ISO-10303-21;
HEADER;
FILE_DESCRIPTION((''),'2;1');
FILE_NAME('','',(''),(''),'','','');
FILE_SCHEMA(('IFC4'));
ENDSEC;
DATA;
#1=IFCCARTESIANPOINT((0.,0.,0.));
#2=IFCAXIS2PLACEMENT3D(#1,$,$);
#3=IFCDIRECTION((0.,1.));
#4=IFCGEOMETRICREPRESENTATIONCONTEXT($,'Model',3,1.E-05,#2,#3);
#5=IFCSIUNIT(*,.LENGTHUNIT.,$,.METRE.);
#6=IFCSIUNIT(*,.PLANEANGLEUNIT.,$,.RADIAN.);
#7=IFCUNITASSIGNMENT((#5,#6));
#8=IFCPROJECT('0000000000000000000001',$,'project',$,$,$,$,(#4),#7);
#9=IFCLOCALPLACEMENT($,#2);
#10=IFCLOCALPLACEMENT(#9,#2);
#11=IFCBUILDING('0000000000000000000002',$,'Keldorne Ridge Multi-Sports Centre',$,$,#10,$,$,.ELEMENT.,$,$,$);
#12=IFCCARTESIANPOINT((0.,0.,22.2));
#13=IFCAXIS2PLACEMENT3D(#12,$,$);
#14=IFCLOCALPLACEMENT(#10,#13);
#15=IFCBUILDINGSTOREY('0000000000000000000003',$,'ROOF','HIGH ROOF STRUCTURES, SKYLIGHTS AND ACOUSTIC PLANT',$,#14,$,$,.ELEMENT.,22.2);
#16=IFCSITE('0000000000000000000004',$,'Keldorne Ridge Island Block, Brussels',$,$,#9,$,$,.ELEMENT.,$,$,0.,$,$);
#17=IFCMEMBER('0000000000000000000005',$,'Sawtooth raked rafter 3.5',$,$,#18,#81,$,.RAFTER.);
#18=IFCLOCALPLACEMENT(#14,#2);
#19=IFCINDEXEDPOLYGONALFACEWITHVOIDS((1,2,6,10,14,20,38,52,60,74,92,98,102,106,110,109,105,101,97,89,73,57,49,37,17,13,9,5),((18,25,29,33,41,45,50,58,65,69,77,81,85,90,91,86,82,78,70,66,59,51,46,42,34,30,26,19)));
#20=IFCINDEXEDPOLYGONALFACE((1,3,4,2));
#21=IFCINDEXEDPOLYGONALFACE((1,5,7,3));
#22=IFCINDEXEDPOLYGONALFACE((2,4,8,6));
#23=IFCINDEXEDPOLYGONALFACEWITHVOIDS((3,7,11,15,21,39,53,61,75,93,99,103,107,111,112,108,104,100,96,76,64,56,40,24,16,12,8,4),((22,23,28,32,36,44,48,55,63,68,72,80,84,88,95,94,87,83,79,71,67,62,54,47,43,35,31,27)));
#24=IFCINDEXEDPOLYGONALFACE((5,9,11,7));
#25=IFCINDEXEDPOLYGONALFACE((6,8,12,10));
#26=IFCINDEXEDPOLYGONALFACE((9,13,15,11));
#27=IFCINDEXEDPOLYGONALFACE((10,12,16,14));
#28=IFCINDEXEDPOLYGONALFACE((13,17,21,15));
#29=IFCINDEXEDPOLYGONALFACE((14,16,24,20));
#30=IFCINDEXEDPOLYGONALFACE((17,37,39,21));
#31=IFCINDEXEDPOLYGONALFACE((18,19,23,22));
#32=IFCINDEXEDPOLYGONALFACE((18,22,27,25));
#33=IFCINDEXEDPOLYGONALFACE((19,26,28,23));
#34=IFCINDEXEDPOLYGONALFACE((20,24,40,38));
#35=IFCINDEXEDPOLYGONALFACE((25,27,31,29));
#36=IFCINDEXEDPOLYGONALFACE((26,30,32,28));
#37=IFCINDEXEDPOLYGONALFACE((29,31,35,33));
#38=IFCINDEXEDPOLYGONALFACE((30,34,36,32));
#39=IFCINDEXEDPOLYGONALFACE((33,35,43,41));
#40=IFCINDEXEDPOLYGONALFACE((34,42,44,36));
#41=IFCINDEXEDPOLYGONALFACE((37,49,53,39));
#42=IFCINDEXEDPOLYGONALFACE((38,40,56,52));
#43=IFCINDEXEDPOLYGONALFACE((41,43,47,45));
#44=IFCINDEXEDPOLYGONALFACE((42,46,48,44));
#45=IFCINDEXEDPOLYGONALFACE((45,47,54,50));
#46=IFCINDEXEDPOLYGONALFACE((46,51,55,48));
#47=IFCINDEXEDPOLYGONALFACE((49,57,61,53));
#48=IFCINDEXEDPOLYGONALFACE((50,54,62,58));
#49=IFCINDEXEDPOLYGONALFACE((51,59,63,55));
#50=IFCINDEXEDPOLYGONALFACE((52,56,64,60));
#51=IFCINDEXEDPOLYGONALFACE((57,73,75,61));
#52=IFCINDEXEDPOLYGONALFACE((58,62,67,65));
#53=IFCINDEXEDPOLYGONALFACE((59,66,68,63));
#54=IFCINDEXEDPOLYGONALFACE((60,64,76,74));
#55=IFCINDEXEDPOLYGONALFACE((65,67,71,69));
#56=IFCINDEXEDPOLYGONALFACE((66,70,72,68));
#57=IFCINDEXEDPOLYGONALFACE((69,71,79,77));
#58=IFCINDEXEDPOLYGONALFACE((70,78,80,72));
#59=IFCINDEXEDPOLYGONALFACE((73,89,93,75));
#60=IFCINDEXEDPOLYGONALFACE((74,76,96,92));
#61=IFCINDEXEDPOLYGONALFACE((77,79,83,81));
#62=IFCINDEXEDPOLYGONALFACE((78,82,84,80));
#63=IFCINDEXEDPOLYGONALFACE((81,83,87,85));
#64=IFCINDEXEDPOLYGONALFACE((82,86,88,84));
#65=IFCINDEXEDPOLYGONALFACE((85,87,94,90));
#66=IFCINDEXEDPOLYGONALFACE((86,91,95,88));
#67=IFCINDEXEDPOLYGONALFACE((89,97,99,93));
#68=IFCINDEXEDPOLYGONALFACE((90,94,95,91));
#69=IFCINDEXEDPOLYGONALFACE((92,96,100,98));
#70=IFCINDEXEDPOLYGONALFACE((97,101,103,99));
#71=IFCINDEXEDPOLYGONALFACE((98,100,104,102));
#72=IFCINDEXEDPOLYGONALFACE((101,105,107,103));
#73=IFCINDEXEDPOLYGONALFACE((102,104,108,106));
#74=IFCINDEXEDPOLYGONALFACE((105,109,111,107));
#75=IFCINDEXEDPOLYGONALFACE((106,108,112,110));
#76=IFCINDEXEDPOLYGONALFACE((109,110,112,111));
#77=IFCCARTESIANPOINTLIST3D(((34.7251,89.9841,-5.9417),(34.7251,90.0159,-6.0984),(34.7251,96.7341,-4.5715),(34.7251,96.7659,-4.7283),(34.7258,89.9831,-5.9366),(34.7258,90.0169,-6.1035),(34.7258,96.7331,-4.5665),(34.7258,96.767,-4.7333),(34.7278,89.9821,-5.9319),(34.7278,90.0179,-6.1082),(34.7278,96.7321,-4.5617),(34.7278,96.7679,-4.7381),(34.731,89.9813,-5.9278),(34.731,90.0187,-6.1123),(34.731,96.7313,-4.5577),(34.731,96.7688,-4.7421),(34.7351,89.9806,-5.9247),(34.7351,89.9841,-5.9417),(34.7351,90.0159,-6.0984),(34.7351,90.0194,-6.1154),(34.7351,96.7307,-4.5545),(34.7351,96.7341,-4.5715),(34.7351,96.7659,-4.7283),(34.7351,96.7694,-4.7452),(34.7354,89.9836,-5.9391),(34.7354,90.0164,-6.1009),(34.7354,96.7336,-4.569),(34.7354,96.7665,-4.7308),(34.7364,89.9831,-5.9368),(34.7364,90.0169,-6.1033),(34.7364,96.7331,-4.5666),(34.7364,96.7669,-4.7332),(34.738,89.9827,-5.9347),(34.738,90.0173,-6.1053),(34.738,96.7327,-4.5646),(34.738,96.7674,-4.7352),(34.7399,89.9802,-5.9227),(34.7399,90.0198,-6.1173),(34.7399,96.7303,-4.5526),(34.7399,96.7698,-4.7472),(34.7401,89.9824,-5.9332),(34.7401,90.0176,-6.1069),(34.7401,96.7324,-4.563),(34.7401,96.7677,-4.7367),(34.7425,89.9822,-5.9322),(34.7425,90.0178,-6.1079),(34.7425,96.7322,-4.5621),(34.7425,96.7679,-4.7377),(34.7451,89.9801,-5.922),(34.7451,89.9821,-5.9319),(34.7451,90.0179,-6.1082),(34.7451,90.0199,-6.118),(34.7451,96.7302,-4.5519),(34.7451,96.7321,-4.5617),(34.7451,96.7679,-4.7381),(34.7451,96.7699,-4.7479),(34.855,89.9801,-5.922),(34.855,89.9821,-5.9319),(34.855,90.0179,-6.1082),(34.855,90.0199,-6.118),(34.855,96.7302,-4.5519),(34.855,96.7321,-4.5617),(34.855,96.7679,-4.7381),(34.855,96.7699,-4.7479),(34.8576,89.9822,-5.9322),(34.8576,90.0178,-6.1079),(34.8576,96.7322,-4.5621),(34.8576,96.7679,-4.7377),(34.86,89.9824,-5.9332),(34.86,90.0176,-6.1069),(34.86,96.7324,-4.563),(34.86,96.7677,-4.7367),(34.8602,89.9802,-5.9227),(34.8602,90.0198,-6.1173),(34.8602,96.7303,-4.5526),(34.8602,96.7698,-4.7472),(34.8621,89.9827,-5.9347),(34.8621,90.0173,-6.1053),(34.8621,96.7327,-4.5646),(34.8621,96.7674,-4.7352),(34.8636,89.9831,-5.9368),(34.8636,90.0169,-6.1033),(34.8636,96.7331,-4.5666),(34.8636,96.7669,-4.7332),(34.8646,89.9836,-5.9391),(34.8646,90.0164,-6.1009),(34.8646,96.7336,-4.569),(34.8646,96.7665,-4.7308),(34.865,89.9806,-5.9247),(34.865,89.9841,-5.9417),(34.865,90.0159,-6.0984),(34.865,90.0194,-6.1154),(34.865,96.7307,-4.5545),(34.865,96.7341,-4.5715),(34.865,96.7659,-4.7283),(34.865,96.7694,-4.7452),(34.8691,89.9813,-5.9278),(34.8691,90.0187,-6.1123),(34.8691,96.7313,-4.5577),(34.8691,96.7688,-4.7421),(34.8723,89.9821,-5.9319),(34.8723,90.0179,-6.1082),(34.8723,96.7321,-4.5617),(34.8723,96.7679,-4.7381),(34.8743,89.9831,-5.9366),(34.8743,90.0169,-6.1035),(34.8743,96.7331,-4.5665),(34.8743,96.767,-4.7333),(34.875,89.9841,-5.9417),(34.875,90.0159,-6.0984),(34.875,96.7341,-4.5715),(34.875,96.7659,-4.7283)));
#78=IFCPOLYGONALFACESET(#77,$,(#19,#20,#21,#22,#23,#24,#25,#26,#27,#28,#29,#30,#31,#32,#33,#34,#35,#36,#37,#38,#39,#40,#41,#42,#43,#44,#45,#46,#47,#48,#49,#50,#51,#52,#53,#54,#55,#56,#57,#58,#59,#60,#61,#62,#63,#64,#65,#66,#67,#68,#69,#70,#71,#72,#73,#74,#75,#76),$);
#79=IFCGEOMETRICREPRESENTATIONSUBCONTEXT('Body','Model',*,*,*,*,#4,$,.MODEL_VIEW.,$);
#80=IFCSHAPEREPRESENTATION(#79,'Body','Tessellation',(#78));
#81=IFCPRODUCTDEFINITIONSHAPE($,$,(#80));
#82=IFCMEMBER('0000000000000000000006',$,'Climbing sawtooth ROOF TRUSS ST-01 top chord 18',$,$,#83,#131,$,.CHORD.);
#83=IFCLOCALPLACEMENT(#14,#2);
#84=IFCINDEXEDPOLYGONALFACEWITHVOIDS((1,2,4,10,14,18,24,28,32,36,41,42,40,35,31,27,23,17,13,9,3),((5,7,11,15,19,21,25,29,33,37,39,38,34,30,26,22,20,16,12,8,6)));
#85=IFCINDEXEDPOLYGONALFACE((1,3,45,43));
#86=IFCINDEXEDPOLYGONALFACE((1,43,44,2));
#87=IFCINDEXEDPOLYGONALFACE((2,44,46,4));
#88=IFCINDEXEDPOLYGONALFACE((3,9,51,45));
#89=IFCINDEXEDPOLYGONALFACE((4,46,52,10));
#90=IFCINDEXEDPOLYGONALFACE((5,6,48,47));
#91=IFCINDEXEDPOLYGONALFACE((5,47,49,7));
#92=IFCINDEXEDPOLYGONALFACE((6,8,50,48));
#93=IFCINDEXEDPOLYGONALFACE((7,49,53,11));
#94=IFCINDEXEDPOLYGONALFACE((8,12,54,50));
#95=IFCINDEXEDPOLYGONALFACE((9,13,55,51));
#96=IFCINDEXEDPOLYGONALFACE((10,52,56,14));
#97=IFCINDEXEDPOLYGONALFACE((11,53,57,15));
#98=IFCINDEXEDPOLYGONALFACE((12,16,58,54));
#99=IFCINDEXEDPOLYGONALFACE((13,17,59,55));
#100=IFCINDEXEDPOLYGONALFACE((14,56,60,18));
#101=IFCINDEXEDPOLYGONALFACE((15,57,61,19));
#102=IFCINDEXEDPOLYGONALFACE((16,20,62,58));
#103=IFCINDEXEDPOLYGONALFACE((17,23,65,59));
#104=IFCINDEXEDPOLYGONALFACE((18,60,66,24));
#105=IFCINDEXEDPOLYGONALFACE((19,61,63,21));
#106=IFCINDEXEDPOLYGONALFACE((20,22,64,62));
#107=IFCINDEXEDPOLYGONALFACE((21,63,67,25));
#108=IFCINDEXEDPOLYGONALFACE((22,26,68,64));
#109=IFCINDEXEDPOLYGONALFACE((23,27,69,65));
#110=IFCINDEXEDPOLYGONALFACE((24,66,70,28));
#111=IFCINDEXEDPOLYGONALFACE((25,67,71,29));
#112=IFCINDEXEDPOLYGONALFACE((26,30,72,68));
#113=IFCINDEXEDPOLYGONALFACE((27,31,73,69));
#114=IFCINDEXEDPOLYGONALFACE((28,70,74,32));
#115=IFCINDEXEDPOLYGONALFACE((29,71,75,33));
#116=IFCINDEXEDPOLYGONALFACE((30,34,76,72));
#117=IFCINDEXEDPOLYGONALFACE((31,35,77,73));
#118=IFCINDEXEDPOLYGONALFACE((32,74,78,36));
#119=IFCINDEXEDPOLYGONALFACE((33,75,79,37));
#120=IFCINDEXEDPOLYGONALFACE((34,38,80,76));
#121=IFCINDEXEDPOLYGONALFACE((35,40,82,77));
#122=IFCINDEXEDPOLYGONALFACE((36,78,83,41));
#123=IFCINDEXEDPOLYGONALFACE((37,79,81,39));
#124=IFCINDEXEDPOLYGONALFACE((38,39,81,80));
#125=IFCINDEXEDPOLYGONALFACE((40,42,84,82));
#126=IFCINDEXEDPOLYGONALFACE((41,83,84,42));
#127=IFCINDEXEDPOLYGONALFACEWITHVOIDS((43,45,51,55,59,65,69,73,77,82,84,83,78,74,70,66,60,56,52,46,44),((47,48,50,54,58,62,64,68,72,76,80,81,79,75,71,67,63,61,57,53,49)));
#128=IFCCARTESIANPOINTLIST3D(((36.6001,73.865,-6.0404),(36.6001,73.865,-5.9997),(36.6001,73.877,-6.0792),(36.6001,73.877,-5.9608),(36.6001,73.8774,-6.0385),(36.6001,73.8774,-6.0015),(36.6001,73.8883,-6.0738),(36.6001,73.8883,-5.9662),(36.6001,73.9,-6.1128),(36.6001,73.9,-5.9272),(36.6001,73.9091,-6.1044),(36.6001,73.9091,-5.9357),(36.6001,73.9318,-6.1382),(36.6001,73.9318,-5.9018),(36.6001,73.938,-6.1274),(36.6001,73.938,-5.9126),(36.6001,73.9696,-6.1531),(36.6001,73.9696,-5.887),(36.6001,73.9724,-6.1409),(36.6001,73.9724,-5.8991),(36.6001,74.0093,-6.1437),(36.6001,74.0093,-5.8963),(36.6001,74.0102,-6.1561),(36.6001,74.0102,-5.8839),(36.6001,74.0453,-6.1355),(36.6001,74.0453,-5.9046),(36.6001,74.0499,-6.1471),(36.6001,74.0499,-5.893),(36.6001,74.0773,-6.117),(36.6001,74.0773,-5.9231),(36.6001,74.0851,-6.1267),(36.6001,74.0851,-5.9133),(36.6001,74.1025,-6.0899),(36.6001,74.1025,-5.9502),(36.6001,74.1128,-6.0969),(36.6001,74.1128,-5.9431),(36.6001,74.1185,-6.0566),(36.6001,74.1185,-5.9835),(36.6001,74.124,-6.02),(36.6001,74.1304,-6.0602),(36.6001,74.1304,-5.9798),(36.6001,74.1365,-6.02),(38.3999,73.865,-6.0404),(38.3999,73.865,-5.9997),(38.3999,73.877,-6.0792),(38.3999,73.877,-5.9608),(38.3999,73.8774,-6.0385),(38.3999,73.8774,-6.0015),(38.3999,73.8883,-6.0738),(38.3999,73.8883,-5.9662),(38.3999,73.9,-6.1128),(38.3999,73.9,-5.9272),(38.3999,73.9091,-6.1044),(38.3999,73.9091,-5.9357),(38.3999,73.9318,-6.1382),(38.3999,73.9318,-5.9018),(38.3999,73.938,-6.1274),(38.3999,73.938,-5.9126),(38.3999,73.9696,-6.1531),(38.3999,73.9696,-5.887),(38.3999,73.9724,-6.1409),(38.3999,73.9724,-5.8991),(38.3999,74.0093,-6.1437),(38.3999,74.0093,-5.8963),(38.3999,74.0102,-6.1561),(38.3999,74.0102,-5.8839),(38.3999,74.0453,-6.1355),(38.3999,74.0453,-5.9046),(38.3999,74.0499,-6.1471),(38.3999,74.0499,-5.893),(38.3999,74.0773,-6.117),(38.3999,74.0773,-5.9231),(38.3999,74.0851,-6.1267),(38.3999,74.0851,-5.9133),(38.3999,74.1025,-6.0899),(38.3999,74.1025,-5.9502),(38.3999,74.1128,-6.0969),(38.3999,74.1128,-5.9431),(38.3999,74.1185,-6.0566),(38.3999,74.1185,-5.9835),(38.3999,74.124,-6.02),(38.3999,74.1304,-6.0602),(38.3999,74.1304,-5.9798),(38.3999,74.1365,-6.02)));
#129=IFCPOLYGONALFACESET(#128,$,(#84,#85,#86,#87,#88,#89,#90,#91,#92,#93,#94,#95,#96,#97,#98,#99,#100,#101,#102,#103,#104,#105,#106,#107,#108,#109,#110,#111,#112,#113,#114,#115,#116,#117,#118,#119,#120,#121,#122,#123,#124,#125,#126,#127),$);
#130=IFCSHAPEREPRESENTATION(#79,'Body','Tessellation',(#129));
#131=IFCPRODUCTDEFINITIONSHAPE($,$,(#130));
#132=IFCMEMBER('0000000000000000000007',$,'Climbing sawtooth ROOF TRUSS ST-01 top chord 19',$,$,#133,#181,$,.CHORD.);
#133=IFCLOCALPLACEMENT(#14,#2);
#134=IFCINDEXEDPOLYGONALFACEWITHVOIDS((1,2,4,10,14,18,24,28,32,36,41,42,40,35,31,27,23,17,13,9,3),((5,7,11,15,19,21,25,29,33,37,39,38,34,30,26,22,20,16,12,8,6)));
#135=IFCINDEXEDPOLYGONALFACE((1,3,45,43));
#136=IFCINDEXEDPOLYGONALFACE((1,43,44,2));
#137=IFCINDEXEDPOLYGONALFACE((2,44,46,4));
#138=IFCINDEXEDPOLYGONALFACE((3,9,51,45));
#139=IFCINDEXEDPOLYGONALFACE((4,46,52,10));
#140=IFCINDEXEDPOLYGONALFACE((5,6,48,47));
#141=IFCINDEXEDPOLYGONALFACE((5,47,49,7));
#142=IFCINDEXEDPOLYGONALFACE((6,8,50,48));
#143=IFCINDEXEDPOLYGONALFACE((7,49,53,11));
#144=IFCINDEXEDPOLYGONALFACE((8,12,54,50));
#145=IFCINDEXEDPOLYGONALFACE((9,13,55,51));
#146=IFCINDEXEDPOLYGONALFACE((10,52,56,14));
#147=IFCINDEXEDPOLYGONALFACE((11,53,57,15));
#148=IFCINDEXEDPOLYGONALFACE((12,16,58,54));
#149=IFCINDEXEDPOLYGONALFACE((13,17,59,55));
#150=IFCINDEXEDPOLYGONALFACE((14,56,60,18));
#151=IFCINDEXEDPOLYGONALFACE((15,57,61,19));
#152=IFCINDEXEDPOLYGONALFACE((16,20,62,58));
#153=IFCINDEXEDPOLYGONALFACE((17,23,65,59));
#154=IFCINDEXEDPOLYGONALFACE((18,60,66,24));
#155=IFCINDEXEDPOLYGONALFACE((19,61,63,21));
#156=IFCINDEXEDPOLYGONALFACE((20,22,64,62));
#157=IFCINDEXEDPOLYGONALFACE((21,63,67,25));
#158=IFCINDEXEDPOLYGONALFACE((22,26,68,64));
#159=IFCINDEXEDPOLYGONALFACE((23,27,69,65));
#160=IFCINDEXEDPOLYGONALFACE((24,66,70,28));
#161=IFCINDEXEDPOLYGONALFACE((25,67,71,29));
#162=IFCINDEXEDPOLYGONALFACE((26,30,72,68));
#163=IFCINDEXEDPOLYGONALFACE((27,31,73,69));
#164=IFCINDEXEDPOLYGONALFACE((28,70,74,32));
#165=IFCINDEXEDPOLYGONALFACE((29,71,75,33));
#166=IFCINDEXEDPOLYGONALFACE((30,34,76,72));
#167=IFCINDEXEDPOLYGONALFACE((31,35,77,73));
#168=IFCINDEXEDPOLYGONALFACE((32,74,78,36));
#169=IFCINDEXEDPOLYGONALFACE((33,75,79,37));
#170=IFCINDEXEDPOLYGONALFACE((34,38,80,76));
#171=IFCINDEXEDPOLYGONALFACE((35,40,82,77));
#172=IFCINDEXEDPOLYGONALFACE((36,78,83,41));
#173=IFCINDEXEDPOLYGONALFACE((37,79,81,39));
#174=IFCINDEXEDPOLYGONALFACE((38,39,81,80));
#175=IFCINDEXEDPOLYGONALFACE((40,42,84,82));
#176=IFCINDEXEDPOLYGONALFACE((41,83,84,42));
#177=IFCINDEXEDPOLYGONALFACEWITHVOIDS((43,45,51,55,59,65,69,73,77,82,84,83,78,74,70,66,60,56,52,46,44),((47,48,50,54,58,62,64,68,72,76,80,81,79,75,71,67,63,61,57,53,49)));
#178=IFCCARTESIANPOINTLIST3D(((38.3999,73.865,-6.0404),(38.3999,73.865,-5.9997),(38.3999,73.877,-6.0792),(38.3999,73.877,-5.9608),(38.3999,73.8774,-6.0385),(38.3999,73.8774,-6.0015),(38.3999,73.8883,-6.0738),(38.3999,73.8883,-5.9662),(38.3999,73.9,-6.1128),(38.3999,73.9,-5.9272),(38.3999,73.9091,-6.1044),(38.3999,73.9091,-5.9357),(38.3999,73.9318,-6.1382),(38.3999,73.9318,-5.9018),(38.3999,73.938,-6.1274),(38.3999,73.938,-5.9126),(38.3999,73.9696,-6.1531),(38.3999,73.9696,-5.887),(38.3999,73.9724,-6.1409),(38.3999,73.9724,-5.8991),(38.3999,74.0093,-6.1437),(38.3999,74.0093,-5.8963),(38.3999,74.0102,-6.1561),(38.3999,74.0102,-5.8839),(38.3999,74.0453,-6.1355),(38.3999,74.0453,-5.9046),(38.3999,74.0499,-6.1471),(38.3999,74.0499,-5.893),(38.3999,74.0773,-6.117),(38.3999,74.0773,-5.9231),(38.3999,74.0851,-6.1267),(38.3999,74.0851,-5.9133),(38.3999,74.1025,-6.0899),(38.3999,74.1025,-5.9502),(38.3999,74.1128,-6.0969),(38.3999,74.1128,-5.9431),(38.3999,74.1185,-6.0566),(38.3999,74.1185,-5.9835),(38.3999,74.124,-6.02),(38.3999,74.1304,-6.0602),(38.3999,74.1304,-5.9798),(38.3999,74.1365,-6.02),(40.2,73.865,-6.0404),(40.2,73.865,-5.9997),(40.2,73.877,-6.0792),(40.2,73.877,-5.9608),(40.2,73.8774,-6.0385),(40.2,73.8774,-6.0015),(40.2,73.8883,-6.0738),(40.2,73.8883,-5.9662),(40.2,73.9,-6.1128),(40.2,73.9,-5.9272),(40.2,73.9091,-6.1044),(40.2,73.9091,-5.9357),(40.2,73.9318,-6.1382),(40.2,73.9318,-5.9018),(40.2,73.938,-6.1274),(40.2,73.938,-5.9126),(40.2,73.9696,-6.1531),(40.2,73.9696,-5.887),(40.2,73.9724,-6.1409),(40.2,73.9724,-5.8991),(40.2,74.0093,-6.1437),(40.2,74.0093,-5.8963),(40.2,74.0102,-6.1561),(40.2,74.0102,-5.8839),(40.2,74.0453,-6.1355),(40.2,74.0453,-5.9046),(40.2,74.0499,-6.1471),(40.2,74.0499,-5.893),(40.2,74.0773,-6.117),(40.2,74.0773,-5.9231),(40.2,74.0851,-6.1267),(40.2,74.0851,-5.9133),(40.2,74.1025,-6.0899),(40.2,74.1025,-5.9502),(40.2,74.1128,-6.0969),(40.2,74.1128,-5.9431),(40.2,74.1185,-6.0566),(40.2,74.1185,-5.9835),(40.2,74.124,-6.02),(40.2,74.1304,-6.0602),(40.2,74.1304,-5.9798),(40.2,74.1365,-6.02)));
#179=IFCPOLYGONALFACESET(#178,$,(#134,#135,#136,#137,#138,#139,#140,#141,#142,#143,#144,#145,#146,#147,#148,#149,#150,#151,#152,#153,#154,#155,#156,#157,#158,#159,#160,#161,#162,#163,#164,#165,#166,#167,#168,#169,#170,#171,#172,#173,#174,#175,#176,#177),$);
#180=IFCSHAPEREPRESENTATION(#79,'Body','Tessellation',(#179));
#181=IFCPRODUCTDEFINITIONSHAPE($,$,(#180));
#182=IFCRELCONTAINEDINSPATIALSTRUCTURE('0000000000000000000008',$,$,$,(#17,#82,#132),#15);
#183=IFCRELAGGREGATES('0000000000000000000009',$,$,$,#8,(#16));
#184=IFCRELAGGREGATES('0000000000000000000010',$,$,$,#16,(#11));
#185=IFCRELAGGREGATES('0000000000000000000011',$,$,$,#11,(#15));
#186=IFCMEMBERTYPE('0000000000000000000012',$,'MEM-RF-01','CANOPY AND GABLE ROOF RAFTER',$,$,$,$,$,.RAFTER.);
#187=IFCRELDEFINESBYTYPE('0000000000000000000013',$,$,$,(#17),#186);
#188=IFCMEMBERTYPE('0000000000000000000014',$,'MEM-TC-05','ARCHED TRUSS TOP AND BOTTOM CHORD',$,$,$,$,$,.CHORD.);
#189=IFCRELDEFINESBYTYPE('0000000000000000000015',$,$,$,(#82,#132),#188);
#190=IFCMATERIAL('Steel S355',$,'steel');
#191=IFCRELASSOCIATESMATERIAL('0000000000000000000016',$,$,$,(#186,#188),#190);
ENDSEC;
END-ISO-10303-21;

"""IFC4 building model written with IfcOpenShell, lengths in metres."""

from ifc_helpers import new_model, si_unit, direction, frame, origin, origin_2d, place, context, subcontext, project, spatial, hollow_rectangle, hollow_circle, extrude, material, material_profile, profile_set, type_object, element, save


model = new_model("IFC4")

# Units and contexts
model_context = context("Model", 3, precision=1e-05, world=origin(), true_north=direction((0.0, 1.0)))
body_context = subcontext(model_context, "Body", "Model", "MODEL_VIEW")
ifc_project = project(units=[si_unit("LENGTHUNIT", "METRE"), si_unit("PLANEANGLEUNIT", "RADIAN")], contexts=[model_context])

# Site, building, storey
site_placement = place(None, origin())
site = spatial("IfcSite", under=ifc_project, at=site_placement, Name="Keldorne Ridge Island Block, Brussels", CompositionType="ELEMENT", RefElevation=0.0)
building_placement = place(site_placement, origin())
building = spatial("IfcBuilding", under=site, at=building_placement, Name="Keldorne Ridge Multi-Sports Centre", CompositionType="ELEMENT")
storey_placement = place(building_placement, frame((0.0, 0.0, 22.2)))
storey = spatial("IfcBuildingStorey", under=building, at=storey_placement, Name="ROOF", Description="HIGH ROOF STRUCTURES, SKYLIGHTS AND ACOUSTIC PLANT", CompositionType="ELEMENT", Elevation=22.2)

# Shared definitions
ifc_material_1 = material(Name="Steel S355", Category="steel")

# Members
ifc_material_profile_1 = material_profile(ifc_material_1, hollow_rectangle(XDim=0.1499, YDim=0.2, WallThickness=0.01, InnerFilletRadius=0.01, OuterFilletRadius=0.02, at=origin_2d()), Name="RHS 200x150x10")
ifc_profile_set_1 = profile_set([ifc_material_profile_1], Name="Steel S355")
member_type_1 = type_object("IfcMemberType", Name="MEM-RF-01", Description="CANOPY AND GABLE ROOF RAFTER", PredefinedType="RAFTER", material=ifc_profile_set_1)
member_1_placement = place(storey_placement, frame((34.8, 90.0, -6.02), z_axis=(0.0, 0.980015, 0.198924), x_axis=(-1.0, 0.0, 0.0)))
element("IfcMember", 1, at=member_1_placement, inside=storey, type_object=member_type_1, Name="Sawtooth raked rafter 3.5", PredefinedType="RAFTER", context=body_context, shape_type="SweptSolid", body=[
    extrude(hollow_rectangle(XDim=0.1499, YDim=0.2, WallThickness=0.01, InnerFilletRadius=0.01, OuterFilletRadius=0.02, at=origin_2d()), origin(), (0.0, 0.0, 1.0), 6.8877),
])
ifc_material_profile_2 = material_profile(ifc_material_1, hollow_circle(Radius=0.1365, WallThickness=0.0125, at=origin_2d()), Name="CHS 273x12.5")
ifc_profile_set_2 = profile_set([ifc_material_profile_2], Name="Steel S355")
member_type_2 = type_object("IfcMemberType", Name="MEM-TC-05", Description="ARCHED TRUSS TOP AND BOTTOM CHORD", PredefinedType="CHORD", material=ifc_profile_set_2)
member_2_placement = place(storey_placement, frame((36.6001, 74.0, -6.02), z_axis=(1.0, 0.0, 0.0), x_axis=(0.0, 1.0, 0.0)))
element("IfcMember", 2, at=member_2_placement, inside=storey, type_object=member_type_2, Name="Climbing sawtooth ROOF TRUSS ST-01 top chord 18", PredefinedType="CHORD", context=body_context, shape_type="SweptSolid", body=[
    extrude(hollow_circle(Radius=0.1365, WallThickness=0.0125, at=origin_2d()), origin(), (0.0, 0.0, 1.0), 1.7998),
])
for number, where, z_axis, x_axis, name in (
    (3, (38.3999, 74.0, -6.02), (1.0, 0.0, 0.0), (0.0, 1.0, 0.0), "Climbing sawtooth ROOF TRUSS ST-01 top chord 19"),
):
    element("IfcMember", number, at=place(storey_placement, frame(where, z_axis=z_axis, x_axis=x_axis)), inside=storey, type_object=member_type_2, Name=name, PredefinedType="CHORD", context=body_context, shape_type="SweptSolid", body=[
        extrude(hollow_circle(Radius=0.1365, WallThickness=0.0125, at=origin_2d()), origin(), (0.0, 0.0, 1.0), 1.8),
    ])

save(model, "model.ifc")
